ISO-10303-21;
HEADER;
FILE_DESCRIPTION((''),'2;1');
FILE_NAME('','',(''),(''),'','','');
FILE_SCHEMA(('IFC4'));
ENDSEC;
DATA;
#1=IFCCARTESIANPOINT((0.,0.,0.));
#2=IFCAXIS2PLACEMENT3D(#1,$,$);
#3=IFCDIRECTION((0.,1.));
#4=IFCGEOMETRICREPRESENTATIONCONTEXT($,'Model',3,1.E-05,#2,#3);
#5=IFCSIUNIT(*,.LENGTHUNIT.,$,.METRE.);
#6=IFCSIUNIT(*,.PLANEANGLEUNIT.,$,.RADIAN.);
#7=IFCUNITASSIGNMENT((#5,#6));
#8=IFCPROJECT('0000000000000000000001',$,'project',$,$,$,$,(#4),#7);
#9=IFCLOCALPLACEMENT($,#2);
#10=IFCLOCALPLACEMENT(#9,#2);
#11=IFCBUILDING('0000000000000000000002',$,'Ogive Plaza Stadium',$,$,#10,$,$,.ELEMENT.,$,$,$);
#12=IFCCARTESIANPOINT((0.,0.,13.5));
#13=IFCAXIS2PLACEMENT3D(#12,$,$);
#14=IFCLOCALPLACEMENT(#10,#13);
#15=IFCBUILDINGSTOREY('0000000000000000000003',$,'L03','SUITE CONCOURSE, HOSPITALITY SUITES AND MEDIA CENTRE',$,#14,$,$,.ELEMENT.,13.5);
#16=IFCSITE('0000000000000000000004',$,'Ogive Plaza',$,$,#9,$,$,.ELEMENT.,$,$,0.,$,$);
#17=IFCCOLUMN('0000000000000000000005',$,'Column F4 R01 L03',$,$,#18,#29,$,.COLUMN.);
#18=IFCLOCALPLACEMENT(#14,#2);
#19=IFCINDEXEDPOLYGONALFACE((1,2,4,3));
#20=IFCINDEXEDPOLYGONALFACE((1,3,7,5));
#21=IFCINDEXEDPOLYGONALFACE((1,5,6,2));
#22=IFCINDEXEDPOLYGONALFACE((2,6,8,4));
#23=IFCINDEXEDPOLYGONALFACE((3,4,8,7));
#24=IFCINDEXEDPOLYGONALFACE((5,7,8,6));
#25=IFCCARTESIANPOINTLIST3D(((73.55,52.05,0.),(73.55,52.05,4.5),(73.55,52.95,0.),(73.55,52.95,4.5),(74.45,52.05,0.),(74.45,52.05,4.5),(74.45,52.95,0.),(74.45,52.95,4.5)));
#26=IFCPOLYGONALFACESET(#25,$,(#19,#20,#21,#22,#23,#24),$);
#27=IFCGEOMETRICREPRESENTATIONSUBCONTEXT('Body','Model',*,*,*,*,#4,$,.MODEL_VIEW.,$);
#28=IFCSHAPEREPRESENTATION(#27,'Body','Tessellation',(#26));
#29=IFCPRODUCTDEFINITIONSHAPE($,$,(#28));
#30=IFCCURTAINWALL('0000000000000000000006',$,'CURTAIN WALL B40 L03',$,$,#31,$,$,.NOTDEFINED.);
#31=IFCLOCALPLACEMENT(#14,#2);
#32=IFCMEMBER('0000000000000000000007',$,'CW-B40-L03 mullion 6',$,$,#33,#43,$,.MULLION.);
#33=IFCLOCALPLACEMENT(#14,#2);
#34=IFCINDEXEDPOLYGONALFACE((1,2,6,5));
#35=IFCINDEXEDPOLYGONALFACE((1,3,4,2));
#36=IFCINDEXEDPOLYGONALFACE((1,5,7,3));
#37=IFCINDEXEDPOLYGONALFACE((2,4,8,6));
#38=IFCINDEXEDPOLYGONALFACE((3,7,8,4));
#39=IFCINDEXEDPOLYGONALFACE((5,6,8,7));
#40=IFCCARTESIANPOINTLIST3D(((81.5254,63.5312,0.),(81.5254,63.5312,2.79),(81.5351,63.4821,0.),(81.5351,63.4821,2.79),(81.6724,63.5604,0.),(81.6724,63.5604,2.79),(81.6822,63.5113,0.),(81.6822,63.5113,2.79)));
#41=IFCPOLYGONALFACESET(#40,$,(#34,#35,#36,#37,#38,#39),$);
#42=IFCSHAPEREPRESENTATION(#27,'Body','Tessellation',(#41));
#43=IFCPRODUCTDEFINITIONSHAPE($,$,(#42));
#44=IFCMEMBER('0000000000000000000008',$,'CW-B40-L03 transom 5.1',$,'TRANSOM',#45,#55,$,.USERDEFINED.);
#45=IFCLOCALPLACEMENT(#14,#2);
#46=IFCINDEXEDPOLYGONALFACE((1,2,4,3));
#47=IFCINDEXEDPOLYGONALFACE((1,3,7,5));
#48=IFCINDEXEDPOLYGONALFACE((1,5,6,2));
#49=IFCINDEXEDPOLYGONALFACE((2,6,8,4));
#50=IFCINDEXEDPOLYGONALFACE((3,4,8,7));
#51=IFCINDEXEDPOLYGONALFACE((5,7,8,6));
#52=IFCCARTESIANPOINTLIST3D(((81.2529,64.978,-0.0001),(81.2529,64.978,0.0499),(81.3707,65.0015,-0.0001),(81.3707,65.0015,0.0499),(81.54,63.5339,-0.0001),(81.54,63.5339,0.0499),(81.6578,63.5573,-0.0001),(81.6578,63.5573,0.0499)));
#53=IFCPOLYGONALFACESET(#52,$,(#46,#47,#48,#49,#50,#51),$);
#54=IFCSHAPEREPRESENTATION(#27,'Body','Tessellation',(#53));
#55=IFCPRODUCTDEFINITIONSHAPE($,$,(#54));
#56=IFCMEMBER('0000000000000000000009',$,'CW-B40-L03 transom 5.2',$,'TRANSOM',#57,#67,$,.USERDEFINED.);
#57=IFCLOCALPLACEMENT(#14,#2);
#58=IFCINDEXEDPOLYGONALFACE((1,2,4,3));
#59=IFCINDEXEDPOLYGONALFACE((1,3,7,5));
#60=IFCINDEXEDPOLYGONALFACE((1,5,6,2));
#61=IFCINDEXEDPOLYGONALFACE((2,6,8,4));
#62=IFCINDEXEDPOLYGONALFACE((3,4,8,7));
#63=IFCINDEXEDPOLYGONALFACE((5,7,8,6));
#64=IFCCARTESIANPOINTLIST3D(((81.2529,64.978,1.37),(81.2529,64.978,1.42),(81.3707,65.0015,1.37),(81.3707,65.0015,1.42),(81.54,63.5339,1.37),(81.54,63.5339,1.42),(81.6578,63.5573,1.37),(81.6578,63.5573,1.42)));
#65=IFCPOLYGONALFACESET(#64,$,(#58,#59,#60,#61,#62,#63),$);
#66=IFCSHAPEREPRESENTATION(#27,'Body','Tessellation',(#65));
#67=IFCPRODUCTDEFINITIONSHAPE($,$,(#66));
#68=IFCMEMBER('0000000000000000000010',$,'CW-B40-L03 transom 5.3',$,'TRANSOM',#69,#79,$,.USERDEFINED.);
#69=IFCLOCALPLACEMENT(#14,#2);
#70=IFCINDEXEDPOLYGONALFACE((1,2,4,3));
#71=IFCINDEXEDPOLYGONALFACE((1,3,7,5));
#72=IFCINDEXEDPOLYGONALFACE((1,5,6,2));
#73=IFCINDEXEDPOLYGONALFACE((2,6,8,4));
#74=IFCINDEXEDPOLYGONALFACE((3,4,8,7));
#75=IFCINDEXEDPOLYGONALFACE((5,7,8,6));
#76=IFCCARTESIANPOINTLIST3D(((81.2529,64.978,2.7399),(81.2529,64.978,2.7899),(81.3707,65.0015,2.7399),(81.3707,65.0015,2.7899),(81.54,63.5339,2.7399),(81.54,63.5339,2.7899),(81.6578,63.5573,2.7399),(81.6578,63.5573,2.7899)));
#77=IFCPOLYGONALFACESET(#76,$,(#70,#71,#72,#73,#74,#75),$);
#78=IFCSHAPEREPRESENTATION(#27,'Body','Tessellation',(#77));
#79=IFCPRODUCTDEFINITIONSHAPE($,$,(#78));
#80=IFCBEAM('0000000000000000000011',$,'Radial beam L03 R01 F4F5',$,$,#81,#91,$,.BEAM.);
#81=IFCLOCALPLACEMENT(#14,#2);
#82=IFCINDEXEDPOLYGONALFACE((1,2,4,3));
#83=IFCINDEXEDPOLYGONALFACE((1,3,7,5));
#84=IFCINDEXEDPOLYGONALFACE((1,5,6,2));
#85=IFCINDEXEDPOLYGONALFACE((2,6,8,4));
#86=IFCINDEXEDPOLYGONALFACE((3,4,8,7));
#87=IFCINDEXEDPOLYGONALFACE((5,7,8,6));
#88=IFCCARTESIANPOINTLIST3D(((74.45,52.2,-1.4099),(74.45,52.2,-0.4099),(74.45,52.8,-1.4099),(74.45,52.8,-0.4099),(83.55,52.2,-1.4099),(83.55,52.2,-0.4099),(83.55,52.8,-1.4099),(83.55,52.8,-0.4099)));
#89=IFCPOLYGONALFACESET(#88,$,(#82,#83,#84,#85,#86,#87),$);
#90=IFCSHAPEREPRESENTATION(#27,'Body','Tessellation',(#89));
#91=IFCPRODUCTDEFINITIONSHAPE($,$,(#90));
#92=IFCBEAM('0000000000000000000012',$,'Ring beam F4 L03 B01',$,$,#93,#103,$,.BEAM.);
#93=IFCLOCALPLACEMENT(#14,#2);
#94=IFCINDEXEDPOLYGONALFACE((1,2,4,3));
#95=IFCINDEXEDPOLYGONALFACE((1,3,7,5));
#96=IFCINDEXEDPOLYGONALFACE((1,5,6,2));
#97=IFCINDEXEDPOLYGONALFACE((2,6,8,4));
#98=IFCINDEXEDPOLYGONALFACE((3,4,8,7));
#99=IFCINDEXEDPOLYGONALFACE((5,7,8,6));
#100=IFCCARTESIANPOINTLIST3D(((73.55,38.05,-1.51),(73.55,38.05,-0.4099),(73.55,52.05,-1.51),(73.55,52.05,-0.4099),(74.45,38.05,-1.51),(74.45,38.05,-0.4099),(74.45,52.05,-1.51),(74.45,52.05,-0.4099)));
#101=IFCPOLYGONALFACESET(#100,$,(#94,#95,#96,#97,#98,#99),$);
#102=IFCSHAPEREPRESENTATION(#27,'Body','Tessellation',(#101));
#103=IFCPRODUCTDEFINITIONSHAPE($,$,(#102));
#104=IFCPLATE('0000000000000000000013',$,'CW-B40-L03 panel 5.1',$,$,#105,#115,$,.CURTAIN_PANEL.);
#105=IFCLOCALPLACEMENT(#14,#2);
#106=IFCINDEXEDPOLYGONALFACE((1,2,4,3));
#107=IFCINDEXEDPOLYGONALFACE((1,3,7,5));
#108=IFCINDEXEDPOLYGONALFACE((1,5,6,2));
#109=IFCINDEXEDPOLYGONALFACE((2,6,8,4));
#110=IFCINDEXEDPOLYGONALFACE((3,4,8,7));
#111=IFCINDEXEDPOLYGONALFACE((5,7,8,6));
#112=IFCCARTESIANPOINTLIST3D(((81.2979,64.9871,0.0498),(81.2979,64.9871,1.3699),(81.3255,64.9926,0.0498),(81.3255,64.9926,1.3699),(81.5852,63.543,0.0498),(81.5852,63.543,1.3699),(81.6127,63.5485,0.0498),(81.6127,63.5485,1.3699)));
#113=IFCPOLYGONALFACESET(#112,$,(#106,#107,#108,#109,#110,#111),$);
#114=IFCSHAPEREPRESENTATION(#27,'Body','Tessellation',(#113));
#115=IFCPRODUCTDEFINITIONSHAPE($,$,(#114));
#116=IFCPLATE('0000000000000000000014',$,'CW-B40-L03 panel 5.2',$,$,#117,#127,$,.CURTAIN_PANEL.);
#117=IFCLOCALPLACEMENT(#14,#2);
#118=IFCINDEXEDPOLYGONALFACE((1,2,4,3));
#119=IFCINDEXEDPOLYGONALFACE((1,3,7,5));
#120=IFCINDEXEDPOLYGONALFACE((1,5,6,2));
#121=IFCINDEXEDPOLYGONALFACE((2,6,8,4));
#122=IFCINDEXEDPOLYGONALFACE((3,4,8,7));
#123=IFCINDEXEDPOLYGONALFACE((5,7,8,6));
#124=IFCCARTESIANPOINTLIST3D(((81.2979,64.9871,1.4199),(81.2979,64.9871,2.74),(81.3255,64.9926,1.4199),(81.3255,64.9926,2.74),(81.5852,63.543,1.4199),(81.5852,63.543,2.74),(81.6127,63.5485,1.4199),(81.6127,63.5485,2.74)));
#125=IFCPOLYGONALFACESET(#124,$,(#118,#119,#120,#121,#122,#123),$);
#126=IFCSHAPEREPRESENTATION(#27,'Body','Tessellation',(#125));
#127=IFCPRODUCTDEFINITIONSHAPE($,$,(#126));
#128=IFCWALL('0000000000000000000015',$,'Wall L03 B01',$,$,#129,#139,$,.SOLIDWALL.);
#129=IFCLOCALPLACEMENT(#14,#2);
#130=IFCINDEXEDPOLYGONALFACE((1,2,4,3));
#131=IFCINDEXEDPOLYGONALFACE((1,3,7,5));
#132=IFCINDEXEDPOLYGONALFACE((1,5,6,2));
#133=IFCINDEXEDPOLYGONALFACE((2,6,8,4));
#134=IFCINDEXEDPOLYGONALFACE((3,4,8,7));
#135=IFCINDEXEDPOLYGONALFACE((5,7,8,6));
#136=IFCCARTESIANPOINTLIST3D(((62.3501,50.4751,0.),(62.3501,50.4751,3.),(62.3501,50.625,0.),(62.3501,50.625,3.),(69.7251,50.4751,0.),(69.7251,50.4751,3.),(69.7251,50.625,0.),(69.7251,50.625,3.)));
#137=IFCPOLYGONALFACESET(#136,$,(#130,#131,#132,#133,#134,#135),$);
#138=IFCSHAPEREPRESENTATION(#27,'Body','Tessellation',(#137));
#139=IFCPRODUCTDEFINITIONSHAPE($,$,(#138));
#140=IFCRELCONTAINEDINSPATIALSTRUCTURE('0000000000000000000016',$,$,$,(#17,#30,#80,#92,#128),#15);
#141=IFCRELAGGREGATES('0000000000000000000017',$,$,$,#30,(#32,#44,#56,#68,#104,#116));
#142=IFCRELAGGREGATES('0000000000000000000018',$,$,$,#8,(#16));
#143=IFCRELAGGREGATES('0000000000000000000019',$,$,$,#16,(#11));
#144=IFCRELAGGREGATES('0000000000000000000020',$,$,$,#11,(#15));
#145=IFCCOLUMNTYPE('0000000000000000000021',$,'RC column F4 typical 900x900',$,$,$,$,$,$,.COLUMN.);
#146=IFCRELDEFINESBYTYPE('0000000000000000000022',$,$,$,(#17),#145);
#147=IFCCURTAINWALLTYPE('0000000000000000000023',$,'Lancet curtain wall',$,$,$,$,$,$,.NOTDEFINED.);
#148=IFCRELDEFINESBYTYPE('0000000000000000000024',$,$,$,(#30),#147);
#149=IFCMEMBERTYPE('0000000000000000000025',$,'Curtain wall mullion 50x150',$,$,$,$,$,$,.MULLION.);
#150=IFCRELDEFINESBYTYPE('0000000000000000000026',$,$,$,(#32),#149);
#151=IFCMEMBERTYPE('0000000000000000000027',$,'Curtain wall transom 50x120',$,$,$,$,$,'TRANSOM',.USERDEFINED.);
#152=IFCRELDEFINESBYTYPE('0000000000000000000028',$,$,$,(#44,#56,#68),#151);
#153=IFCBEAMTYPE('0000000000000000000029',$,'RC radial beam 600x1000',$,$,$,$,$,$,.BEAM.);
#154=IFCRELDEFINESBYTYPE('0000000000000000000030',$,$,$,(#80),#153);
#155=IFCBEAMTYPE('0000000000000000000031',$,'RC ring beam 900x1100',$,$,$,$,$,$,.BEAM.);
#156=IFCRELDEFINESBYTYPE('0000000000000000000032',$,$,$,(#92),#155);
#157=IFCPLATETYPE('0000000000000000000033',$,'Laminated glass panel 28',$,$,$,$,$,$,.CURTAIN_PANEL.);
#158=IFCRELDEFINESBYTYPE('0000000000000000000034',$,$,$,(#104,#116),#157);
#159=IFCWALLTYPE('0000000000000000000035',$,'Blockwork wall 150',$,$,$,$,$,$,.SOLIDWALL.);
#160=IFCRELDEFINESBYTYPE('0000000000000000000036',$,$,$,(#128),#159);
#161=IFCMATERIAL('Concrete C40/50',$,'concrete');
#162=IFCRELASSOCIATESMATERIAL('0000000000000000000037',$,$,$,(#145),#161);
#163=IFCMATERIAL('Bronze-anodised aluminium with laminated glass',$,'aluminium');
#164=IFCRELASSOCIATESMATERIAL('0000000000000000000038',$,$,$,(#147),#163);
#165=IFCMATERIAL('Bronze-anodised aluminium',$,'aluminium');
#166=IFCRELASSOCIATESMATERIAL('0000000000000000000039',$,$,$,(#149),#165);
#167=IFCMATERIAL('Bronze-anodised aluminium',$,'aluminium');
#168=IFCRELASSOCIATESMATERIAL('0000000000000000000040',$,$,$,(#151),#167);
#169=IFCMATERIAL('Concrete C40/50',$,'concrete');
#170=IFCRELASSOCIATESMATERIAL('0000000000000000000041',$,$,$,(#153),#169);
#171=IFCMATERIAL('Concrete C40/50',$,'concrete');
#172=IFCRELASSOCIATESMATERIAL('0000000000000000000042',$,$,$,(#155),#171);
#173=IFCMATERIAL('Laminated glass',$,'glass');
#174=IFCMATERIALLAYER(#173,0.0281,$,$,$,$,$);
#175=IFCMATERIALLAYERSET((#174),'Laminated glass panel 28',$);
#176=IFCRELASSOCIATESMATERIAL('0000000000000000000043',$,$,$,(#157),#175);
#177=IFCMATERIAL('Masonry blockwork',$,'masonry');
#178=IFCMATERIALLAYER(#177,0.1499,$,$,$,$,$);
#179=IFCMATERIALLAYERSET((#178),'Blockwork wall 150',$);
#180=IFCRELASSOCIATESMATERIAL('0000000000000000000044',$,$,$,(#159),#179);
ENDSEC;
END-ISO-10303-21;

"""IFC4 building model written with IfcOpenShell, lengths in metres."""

from ifc_helpers import new_model, si_unit, direction, frame, frame_2d, origin, origin_2d, place, context, subcontext, project, spatial, rectangle, extrude, material, layer, layer_set, material_profile, profile_set, type_object, element, aggregate, save


model = new_model("IFC4")

# Units and contexts
model_context = context("Model", 3, precision=1e-05, world=origin(), true_north=direction((0.0, 1.0)))
body_context = subcontext(model_context, "Body", "Model", "MODEL_VIEW")
ifc_project = project(units=[si_unit("LENGTHUNIT", "METRE"), si_unit("PLANEANGLEUNIT", "RADIAN")], contexts=[model_context])

# Site, building, storey
site_placement = place(None, origin())
site = spatial("IfcSite", under=ifc_project, at=site_placement, Name="Ogive Plaza", CompositionType="ELEMENT", RefElevation=0.0)
building_placement = place(site_placement, origin())
building = spatial("IfcBuilding", under=site, at=building_placement, Name="Ogive Plaza Stadium", CompositionType="ELEMENT")
storey_placement = place(building_placement, frame((0.0, 0.0, 13.5)))
storey = spatial("IfcBuildingStorey", under=building, at=storey_placement, Name="L03", Description="SUITE CONCOURSE, HOSPITALITY SUITES AND MEDIA CENTRE", CompositionType="ELEMENT", Elevation=13.5)

# Column
ifc_material_1 = material(Name="Concrete C40/50", Category="concrete")
ifc_material_profile_1 = material_profile(ifc_material_1, rectangle(XDim=0.8999, YDim=0.8999, at=origin_2d()), Name="RC 900x900")
ifc_profile_set_1 = profile_set([ifc_material_profile_1], Name="Concrete C40/50")
column_type = type_object("IfcColumnType", Name="RC column F4 typical 900x900", PredefinedType="COLUMN", material=ifc_profile_set_1)
column_placement = place(storey_placement, frame((74.0, 52.5, 0.0), z_axis=(0.0, 0.0, 1.0), x_axis=(0.0, 1.0, 0.0)))
element("IfcColumn", 1, at=column_placement, inside=storey, type_object=column_type, Name="Column F4 R01 L03", PredefinedType="COLUMN", context=body_context, shape_type="SweptSolid", body=[
    extrude(rectangle(XDim=0.8999, YDim=0.8999, at=origin_2d()), origin(), (0.0, 0.0, 1.0), 4.5),
])

# Curtain wall, members
ifc_material_2 = material(Name="Bronze-anodised aluminium with laminated glass", Category="aluminium")
curtain_wall_type = type_object("IfcCurtainWallType", Name="Lancet curtain wall", PredefinedType="NOTDEFINED", material=ifc_material_2)
curtain_wall_placement = place(storey_placement, origin())
curtain_wall = element("IfcCurtainWall", 2, at=curtain_wall_placement, inside=storey, type_object=curtain_wall_type, Name="CURTAIN WALL B40 L03", PredefinedType="NOTDEFINED")
ifc_material_3 = material(Name="Bronze-anodised aluminium", Category="aluminium")
ifc_material_profile_2 = material_profile(ifc_material_3, rectangle(XDim=0.1499, YDim=0.05, at=origin_2d()), Name="AL 150x50")
ifc_profile_set_2 = profile_set([ifc_material_profile_2], Name="Bronze-anodised aluminium")
member_type_1 = type_object("IfcMemberType", Name="Curtain wall mullion 50x150", PredefinedType="MULLION", material=ifc_profile_set_2)
member_1_placement = place(storey_placement, frame((81.6038, 63.5212, 0.0), z_axis=(0.0, 0.0, 1.0), x_axis=(0.980785, 0.19509, 0.0)))
member_1 = element("IfcMember", 3, at=member_1_placement, type_object=member_type_1, Name="CW-B40-L03 mullion 6", PredefinedType="MULLION", context=body_context, shape_type="SweptSolid", body=[
    extrude(rectangle(XDim=0.1499, YDim=0.05, at=origin_2d()), origin(), (0.0, 0.0, 1.0), 2.79),
])
ifc_material_4 = material(Name="Bronze-anodised aluminium", Category="aluminium")
ifc_material_profile_3 = material_profile(ifc_material_4, rectangle(XDim=0.1201, YDim=0.05, at=origin_2d()), Name="AL 120x50")
ifc_profile_set_3 = profile_set([ifc_material_profile_3], Name="Bronze-anodised aluminium")
member_type_2 = type_object("IfcMemberType", Name="Curtain wall transom 50x120", ElementType="TRANSOM", PredefinedType="USERDEFINED", material=ifc_profile_set_3)
member_2_placement = place(storey_placement, frame((81.3118, 64.9897, 0.0249), z_axis=(0.195, -0.980803, 0.0), x_axis=(0.980803, 0.195, 0.0)))
member_2 = element("IfcMember", 4, at=member_2_placement, type_object=member_type_2, Name="CW-B40-L03 transom 5.1", ObjectType="TRANSOM", PredefinedType="USERDEFINED", context=body_context, shape_type="SweptSolid", body=[
    extrude(rectangle(XDim=0.1201, YDim=0.05, at=origin_2d()), origin(), (0.0, 0.0, 1.0), 1.4724),
])
member_3_placement = place(storey_placement, frame((81.3118, 64.9897, 1.395), z_axis=(0.195, -0.980803, 0.0), x_axis=(0.980803, 0.195, 0.0)))
member_3 = element("IfcMember", 5, at=member_3_placement, type_object=member_type_2, Name="CW-B40-L03 transom 5.2", ObjectType="TRANSOM", PredefinedType="USERDEFINED", context=body_context, shape_type="SweptSolid", body=[
    extrude(rectangle(XDim=0.1201, YDim=0.05, at=origin_2d()), origin(), (0.0, 0.0, 1.0), 1.4724),
])
member_4_placement = place(storey_placement, frame((81.3118, 64.9897, 2.7649), z_axis=(0.195, -0.980803, 0.0), x_axis=(0.980803, 0.195, 0.0)))
member_4 = element("IfcMember", 6, at=member_4_placement, type_object=member_type_2, Name="CW-B40-L03 transom 5.3", ObjectType="TRANSOM", PredefinedType="USERDEFINED", context=body_context, shape_type="SweptSolid", body=[
    extrude(rectangle(XDim=0.1201, YDim=0.05, at=origin_2d()), origin(), (0.0, 0.0, 1.0), 1.4724),
])

# Beams
ifc_material_5 = material(Name="Concrete C40/50", Category="concrete")
ifc_material_profile_4 = material_profile(ifc_material_5, rectangle(XDim=0.6001, YDim=1.0, at=origin_2d()), Name="RC 600x1000")
ifc_profile_set_4 = profile_set([ifc_material_profile_4], Name="Concrete C40/50")
beam_type_1 = type_object("IfcBeamType", Name="RC radial beam 600x1000", PredefinedType="BEAM", material=ifc_profile_set_4)
beam_1_placement = place(storey_placement, frame((74.45, 52.5, -0.9099), z_axis=(1.0, 0.0, 0.0), x_axis=(0.0, 1.0, 0.0)))
element("IfcBeam", 7, at=beam_1_placement, inside=storey, type_object=beam_type_1, Name="Radial beam L03 R01 F4F5", PredefinedType="BEAM", context=body_context, shape_type="SweptSolid", body=[
    extrude(rectangle(XDim=0.6001, YDim=1.0, at=origin_2d()), origin(), (0.0, 0.0, 1.0), 9.1001),
])
ifc_material_6 = material(Name="Concrete C40/50", Category="concrete")
ifc_material_profile_5 = material_profile(ifc_material_6, rectangle(XDim=0.8999, YDim=1.1001, at=origin_2d()), Name="RC 900x1100")
ifc_profile_set_5 = profile_set([ifc_material_profile_5], Name="Concrete C40/50")
beam_type_2 = type_object("IfcBeamType", Name="RC ring beam 900x1100", PredefinedType="BEAM", material=ifc_profile_set_5)
beam_2_placement = place(storey_placement, frame((74.0, 52.05, -0.96), z_axis=(0.0, -1.0, 0.0), x_axis=(1.0, 0.0, 0.0)))
element("IfcBeam", 8, at=beam_2_placement, inside=storey, type_object=beam_type_2, Name="Ring beam F4 L03 B01", PredefinedType="BEAM", context=body_context, shape_type="SweptSolid", body=[
    extrude(rectangle(XDim=0.8999, YDim=1.1001, at=origin_2d()), origin(), (0.0, 0.0, 1.0), 14.0),
])

# Plates
ifc_material_7 = material(Name="Laminated glass", Category="glass")
ifc_layer_1 = layer(ifc_material_7, 0.0281)
ifc_layer_set_1 = layer_set([ifc_layer_1], Name="Laminated glass panel 28")
plate_type = type_object("IfcPlateType", Name="Laminated glass panel 28", PredefinedType="CURTAIN_PANEL", material=ifc_layer_set_1)
plate_1_placement = place(storey_placement, frame((81.4553, 64.2678, 0.0498), z_axis=(0.0, 0.0, 1.0), x_axis=(0.19509, -0.980785, 0.0)))
plate_1 = element("IfcPlate", 9, at=plate_1_placement, type_object=plate_type, Name="CW-B40-L03 panel 5.1", PredefinedType="CURTAIN_PANEL", context=body_context, shape_type="SweptSolid", body=[
    extrude(rectangle(XDim=1.4724, YDim=0.0281, at=origin_2d()), origin(), (0.0, 0.0, 1.0), 1.3201),
])
plate_2_placement = place(storey_placement, frame((81.4553, 64.2678, 1.4199), z_axis=(0.0, 0.0, 1.0), x_axis=(0.19509, -0.980785, 0.0)))
plate_2 = element("IfcPlate", 10, at=plate_2_placement, type_object=plate_type, Name="CW-B40-L03 panel 5.2", PredefinedType="CURTAIN_PANEL", context=body_context, shape_type="SweptSolid", body=[
    extrude(rectangle(XDim=1.4724, YDim=0.0281, at=origin_2d()), origin(), (0.0, 0.0, 1.0), 1.3201),
])
aggregate(curtain_wall, [member_1, member_2, member_3, member_4, plate_1, plate_2])

# Wall
ifc_material_8 = material(Name="Masonry blockwork", Category="masonry")
ifc_layer_2 = layer(ifc_material_8, 0.1499)
ifc_layer_set_2 = layer_set([ifc_layer_2], Name="Blockwork wall 150")
wall_type_1 = type_object("IfcWallType", Name="Blockwork wall 150", PredefinedType="SOLIDWALL", material=ifc_layer_set_2)
wall_1_placement = place(storey_placement, frame((62.3501, 50.55, 0.0), z_axis=(0.0, 0.0, 1.0), x_axis=(1.0, 0.0, 0.0)))
element("IfcWall", 11, at=wall_1_placement, inside=storey, type_object=wall_type_1, Name="Wall L03 B01", PredefinedType="SOLIDWALL", context=body_context, shape_type="SweptSolid", body=[
    extrude(rectangle(XDim=7.375, YDim=0.1499, at=frame_2d((3.6875, 0.0))), origin(), (0.0, 0.0, 1.0), 3.0),
])

save(model, "model.ifc")
